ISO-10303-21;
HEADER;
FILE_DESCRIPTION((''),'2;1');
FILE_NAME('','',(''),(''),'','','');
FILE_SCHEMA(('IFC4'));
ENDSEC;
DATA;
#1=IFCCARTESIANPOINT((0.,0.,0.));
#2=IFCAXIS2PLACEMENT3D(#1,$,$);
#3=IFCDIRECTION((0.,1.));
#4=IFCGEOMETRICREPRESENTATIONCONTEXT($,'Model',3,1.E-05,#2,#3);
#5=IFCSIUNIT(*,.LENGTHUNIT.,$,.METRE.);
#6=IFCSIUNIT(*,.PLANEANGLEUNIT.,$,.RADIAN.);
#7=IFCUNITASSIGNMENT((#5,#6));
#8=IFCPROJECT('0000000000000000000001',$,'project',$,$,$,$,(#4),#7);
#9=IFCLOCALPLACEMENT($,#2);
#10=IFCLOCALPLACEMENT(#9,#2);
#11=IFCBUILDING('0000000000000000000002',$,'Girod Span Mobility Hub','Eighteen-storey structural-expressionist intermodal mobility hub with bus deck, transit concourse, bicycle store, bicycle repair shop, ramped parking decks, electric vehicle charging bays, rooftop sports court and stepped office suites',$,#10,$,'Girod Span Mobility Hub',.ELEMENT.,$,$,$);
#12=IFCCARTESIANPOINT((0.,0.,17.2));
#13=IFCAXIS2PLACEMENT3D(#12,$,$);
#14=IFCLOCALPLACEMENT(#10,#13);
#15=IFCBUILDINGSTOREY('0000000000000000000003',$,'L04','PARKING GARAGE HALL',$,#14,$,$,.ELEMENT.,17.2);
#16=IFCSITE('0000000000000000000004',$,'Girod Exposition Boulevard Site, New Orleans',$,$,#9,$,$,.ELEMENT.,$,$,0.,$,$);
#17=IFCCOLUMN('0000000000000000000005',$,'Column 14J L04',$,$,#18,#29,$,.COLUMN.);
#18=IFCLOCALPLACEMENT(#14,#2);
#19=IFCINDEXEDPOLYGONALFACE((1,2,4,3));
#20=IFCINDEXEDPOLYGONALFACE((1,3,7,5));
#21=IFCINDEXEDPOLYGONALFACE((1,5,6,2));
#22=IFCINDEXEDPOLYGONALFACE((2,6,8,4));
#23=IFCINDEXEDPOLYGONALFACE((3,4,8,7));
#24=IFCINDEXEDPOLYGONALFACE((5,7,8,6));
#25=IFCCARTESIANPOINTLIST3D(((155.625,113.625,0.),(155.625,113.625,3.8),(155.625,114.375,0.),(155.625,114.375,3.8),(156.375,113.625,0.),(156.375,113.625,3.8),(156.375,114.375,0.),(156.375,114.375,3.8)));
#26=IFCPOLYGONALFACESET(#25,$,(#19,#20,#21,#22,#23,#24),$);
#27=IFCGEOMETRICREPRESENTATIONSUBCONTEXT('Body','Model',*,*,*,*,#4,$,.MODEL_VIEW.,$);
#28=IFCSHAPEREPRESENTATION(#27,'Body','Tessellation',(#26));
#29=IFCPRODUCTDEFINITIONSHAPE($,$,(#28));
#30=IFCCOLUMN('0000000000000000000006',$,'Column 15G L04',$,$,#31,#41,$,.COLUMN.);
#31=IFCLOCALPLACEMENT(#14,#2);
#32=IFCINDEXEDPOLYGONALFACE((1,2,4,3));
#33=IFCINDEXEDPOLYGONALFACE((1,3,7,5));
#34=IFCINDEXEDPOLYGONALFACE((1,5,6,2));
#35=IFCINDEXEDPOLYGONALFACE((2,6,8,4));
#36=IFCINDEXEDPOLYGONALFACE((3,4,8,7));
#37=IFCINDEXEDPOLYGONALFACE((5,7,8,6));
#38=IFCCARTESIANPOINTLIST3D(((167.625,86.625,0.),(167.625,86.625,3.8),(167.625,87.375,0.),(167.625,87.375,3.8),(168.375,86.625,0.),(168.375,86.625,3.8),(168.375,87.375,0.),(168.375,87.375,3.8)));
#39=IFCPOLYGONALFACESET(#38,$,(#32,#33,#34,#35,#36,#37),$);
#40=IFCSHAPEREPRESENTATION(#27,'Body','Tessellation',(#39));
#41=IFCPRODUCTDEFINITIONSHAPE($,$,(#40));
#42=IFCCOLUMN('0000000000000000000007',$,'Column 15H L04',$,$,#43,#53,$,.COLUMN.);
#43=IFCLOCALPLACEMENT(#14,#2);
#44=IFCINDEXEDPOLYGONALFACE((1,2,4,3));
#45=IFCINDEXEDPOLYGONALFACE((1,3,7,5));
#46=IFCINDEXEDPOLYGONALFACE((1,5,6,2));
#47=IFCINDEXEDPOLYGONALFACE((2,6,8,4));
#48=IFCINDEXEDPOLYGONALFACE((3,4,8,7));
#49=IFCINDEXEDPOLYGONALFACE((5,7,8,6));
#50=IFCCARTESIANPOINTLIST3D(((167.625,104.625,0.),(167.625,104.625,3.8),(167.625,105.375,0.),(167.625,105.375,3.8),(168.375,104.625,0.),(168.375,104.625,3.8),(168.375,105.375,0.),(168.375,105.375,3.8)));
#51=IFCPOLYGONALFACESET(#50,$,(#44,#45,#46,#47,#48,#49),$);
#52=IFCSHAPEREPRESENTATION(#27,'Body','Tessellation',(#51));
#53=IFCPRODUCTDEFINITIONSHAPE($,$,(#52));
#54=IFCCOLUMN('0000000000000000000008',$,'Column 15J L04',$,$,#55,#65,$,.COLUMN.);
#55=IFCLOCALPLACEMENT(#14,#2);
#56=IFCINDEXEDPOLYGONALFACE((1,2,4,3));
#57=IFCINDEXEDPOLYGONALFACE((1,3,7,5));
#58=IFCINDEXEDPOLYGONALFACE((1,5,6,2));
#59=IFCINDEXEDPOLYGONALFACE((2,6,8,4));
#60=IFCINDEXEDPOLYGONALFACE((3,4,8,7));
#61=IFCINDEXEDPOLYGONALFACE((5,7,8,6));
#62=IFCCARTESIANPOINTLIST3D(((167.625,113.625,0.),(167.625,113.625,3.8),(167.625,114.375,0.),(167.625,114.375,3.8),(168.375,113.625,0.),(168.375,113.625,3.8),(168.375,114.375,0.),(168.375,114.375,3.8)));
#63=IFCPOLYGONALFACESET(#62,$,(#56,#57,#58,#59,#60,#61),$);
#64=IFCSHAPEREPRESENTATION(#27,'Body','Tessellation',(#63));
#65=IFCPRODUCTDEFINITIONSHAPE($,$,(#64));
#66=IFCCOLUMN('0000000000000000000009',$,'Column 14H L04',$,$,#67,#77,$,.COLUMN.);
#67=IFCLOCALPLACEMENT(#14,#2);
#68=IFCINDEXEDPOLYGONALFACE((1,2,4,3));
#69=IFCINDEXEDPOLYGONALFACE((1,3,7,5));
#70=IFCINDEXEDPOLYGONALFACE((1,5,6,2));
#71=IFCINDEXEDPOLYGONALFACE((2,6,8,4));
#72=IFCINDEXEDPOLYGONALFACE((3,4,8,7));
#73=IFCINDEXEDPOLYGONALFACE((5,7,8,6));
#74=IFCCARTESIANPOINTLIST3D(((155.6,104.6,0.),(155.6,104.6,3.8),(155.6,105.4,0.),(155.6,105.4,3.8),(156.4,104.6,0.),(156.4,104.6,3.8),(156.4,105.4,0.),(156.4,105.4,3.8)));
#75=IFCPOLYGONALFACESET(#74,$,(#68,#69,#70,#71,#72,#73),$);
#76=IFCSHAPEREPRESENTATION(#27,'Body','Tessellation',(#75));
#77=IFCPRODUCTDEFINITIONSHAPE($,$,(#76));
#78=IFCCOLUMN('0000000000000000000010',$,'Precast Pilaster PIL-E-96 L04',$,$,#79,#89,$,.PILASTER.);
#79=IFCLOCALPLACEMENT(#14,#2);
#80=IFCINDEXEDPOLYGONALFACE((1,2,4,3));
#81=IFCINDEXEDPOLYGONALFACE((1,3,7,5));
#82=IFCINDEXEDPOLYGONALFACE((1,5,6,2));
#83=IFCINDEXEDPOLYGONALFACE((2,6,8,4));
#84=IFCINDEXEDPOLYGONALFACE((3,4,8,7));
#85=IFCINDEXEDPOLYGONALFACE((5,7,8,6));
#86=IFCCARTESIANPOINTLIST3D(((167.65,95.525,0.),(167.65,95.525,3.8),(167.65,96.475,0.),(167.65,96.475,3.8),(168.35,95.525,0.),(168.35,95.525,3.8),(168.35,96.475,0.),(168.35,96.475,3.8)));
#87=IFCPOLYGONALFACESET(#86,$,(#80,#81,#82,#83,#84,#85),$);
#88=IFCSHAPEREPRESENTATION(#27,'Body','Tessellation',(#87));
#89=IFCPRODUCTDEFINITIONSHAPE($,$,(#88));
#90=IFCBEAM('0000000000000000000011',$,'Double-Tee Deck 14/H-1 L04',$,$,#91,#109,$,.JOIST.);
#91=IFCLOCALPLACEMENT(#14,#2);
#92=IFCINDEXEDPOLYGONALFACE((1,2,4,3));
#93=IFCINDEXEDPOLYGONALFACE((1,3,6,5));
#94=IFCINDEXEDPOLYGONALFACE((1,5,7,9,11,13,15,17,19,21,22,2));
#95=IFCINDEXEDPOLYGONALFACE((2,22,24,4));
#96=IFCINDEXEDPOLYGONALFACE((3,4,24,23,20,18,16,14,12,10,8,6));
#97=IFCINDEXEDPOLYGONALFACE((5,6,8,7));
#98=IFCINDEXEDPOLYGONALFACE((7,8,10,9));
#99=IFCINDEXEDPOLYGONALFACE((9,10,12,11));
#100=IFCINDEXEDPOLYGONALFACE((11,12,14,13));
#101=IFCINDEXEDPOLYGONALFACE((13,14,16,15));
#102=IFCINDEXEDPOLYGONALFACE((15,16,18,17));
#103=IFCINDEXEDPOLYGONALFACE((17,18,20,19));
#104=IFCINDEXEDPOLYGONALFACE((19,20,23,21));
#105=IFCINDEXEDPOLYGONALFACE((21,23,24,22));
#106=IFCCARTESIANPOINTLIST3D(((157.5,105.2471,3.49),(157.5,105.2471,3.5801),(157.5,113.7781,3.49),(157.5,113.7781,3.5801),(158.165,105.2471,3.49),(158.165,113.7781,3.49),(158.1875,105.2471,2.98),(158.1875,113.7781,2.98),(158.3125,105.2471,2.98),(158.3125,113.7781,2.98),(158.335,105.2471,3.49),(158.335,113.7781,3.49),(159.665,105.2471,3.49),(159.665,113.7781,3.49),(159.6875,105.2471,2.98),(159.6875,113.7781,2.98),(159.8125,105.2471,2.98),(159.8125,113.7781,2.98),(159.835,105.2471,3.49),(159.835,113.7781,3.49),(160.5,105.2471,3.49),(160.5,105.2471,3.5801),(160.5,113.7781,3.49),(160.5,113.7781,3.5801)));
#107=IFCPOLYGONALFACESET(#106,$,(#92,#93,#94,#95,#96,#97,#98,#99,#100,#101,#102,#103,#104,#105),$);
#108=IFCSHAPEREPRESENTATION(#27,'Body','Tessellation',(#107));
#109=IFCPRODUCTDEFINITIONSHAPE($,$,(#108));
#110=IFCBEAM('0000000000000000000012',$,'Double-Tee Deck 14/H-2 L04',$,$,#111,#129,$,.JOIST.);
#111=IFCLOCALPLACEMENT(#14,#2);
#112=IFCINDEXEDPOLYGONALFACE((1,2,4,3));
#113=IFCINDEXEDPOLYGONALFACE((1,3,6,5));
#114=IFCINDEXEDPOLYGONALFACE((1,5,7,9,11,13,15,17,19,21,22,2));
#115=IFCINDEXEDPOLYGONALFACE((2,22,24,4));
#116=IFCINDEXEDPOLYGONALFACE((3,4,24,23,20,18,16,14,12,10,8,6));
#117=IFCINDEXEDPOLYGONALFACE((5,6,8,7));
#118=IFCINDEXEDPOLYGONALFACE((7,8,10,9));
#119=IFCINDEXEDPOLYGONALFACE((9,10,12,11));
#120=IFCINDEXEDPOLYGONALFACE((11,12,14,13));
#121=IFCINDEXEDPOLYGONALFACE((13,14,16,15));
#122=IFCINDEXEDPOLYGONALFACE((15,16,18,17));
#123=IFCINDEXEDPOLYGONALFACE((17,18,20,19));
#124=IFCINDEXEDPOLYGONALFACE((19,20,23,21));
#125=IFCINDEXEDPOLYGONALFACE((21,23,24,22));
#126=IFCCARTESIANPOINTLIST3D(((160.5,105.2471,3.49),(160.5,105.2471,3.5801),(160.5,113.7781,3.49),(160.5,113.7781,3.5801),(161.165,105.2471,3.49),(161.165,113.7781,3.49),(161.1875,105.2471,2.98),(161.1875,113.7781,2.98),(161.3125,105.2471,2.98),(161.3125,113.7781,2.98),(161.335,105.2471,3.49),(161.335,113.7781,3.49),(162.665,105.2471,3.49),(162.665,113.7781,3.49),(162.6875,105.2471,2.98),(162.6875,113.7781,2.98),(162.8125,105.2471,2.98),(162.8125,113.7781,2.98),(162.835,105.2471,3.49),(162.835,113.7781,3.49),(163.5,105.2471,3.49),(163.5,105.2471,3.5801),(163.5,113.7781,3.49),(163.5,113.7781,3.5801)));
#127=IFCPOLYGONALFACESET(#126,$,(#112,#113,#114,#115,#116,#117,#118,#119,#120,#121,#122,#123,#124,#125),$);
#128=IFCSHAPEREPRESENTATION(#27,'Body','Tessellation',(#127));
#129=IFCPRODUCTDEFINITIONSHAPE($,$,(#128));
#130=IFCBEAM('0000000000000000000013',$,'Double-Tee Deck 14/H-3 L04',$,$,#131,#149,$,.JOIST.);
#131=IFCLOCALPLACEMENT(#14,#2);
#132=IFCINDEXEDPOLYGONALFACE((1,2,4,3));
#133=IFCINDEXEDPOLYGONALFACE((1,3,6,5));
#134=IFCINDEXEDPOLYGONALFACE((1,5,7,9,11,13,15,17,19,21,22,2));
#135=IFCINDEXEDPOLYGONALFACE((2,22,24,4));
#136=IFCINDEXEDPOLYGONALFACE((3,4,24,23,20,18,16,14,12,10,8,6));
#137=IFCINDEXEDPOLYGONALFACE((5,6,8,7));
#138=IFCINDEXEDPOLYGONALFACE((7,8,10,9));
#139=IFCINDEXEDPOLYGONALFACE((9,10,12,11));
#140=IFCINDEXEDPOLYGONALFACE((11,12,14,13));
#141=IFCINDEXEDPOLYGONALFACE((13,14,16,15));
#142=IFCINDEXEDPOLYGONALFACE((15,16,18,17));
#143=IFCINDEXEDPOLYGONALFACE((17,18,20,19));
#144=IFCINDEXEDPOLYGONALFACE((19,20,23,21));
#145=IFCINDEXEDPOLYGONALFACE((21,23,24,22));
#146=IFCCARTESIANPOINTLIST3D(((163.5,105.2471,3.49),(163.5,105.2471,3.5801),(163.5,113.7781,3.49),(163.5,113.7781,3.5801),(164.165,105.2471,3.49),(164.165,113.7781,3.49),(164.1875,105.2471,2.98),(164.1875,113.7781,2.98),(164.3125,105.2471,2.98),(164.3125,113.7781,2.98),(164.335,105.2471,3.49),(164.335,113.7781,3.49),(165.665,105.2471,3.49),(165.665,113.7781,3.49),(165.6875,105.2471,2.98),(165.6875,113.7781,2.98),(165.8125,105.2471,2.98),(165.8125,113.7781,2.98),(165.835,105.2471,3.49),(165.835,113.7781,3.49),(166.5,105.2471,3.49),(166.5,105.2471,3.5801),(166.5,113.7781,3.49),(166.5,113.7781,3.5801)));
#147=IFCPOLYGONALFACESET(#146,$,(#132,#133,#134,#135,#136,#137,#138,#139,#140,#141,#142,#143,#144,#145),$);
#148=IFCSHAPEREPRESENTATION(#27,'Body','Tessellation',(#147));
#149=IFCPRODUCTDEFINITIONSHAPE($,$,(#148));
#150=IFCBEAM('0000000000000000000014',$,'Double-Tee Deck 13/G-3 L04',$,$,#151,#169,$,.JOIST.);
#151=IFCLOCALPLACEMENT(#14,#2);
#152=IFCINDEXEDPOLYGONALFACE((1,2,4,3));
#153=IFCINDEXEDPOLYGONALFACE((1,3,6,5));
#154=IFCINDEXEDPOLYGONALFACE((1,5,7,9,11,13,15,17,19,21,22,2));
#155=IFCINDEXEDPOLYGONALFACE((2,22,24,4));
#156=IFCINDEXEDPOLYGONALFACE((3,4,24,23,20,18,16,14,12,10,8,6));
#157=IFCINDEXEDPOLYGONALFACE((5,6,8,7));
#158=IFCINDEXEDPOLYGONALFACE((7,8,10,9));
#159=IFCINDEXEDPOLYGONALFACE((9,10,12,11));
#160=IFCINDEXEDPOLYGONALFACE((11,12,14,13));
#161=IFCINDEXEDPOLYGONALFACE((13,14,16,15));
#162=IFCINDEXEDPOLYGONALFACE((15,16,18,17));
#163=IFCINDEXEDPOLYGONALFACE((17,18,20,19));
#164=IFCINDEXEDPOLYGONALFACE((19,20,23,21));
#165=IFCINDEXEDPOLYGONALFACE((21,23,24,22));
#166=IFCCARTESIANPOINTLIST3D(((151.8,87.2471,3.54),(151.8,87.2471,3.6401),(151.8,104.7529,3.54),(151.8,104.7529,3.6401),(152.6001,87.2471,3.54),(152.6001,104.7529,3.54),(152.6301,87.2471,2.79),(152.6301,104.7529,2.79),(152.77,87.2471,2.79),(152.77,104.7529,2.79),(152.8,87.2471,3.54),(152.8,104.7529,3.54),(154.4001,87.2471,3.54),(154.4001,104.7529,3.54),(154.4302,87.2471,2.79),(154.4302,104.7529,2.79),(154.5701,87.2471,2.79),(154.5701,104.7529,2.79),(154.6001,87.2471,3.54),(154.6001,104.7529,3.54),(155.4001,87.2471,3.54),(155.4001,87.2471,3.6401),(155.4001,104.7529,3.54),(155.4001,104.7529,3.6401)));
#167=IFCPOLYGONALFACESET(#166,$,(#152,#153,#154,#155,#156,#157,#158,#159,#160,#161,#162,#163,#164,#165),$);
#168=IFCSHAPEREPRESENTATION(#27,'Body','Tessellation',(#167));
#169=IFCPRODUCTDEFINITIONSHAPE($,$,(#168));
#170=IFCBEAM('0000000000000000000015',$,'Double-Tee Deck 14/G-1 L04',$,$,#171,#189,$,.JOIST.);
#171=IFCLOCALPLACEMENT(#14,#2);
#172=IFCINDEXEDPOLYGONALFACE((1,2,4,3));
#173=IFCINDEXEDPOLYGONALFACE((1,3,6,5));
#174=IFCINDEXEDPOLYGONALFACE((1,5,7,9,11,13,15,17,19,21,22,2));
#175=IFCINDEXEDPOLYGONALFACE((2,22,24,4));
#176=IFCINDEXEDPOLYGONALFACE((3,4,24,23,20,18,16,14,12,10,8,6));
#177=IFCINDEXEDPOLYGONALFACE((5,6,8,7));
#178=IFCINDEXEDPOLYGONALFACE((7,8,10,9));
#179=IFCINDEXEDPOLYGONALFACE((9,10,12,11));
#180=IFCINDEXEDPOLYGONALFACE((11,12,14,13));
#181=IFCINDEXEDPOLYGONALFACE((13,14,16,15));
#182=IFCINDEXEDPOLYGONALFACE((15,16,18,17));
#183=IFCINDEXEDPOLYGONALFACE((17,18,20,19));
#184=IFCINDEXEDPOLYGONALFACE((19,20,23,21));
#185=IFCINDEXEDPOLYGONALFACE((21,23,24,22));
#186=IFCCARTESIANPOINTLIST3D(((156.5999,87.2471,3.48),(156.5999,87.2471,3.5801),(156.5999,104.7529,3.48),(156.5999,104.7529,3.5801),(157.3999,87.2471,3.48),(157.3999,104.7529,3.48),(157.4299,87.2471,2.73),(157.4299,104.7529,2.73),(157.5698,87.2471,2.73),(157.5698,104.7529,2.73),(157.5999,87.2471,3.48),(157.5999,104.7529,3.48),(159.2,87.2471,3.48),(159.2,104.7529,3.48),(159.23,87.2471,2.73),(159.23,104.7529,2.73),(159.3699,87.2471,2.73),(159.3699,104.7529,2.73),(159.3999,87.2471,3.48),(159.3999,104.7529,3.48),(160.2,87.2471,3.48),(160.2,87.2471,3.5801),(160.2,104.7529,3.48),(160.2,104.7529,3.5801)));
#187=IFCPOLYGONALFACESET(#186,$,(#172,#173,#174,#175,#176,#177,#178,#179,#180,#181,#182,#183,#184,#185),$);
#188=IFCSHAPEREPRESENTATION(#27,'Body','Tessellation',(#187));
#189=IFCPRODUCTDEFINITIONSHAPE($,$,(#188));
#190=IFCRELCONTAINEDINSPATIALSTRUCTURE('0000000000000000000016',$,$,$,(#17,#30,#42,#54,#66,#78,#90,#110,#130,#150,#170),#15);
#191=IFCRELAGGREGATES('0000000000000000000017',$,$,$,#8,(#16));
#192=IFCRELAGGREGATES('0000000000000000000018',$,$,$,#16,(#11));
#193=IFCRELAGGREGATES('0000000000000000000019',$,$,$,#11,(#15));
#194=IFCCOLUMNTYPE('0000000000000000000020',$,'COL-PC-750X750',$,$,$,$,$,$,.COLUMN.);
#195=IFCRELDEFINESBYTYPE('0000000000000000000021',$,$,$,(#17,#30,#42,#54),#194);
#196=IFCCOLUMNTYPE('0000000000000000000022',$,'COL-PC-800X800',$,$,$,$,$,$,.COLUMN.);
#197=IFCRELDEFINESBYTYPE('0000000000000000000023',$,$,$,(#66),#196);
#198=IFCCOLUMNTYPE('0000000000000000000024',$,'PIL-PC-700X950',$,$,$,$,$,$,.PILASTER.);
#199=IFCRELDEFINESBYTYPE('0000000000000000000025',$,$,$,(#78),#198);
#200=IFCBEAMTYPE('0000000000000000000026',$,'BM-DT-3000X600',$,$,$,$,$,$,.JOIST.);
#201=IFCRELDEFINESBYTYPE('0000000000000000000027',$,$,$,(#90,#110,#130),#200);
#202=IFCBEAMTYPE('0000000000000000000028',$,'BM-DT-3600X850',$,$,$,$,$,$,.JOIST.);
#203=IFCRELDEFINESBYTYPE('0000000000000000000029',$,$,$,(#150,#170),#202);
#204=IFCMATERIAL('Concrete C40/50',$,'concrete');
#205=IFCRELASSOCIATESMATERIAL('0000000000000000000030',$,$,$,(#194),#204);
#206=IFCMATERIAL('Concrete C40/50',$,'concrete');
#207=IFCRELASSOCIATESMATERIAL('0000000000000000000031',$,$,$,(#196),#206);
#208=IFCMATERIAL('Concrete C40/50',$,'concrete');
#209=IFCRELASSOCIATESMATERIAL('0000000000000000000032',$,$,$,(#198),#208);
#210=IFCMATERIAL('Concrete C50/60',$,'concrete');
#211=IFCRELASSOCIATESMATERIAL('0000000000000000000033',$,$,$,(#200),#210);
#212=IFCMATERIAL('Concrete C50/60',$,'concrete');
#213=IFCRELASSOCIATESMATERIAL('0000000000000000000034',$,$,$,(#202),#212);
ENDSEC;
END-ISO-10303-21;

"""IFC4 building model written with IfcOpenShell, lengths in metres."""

from ifc_helpers import new_model, si_unit, direction, frame, origin, origin_2d, place, context, subcontext, project, spatial, polyline, rectangle, outline, extrude, material, material_profile, profile_set, type_object, element, save


model = new_model("IFC4")

# Units and contexts
model_context = context("Model", 3, precision=1e-05, world=origin(), true_north=direction((0.0, 1.0)))
body_context = subcontext(model_context, "Body", "Model", "MODEL_VIEW")
ifc_project = project(units=[si_unit("LENGTHUNIT", "METRE"), si_unit("PLANEANGLEUNIT", "RADIAN")], contexts=[model_context])

# Site, building, storey
site_placement = place(None, origin())
site = spatial("IfcSite", under=ifc_project, at=site_placement, Name="Girod Exposition Boulevard Site, New Orleans", CompositionType="ELEMENT", RefElevation=0.0)
building_placement = place(site_placement, origin())
building = spatial("IfcBuilding", under=site, at=building_placement, Name="Girod Span Mobility Hub", Description="Eighteen-storey structural-expressionist intermodal mobility hub with bus deck, transit concourse, bicycle store, bicycle repair shop, ramped parking decks, electric vehicle charging bays, rooftop sports court and stepped office suites", LongName="Girod Span Mobility Hub", CompositionType="ELEMENT")
storey_placement = place(building_placement, frame((0.0, 0.0, 17.2)))
storey = spatial("IfcBuildingStorey", under=building, at=storey_placement, Name="L04", Description="PARKING GARAGE HALL", CompositionType="ELEMENT", Elevation=17.2)

# Columns
ifc_material_1 = material(Name="Concrete C40/50", Category="concrete")
ifc_material_profile_1 = material_profile(ifc_material_1, rectangle(XDim=0.75, YDim=0.75, at=origin_2d()), Name="PC-COL-750X750")
ifc_profile_set_1 = profile_set([ifc_material_profile_1], Name="Concrete C40/50")
column_type_1 = type_object("IfcColumnType", Name="COL-PC-750X750", PredefinedType="COLUMN", material=ifc_profile_set_1)
for number, where, z_axis, x_axis, name in (
    (1, (156.0, 114.0, 0.0), (0.0, 0.0, 1.0), (1.0, 0.0, 0.0), "Column 14J L04"),
    (2, (168.0, 87.0, 0.0), (0.0, 0.0, 1.0), (1.0, 0.0, 0.0), "Column 15G L04"),
    (3, (168.0, 105.0, 0.0), (0.0, 0.0, 1.0), (1.0, 0.0, 0.0), "Column 15H L04"),
    (4, (168.0, 114.0, 0.0), (0.0, 0.0, 1.0), (1.0, 0.0, 0.0), "Column 15J L04"),
):
    element("IfcColumn", number, at=place(storey_placement, frame(where, z_axis=z_axis, x_axis=x_axis)), inside=storey, type_object=column_type_1, Name=name, PredefinedType="COLUMN", context=body_context, shape_type="SweptSolid", body=[
        extrude(rectangle(XDim=0.75, YDim=0.75, at=origin_2d()), origin(), (0.0, 0.0, 1.0), 3.8),
    ])
ifc_material_2 = material(Name="Concrete C40/50", Category="concrete")
ifc_material_profile_2 = material_profile(ifc_material_2, rectangle(XDim=0.8, YDim=0.8, at=origin_2d()), Name="PC-COL-800X800")
ifc_profile_set_2 = profile_set([ifc_material_profile_2], Name="Concrete C40/50")
column_type_2 = type_object("IfcColumnType", Name="COL-PC-800X800", PredefinedType="COLUMN", material=ifc_profile_set_2)
column_1_placement = place(storey_placement, frame((156.0, 105.0, 0.0), z_axis=(0.0, 0.0, 1.0), x_axis=(1.0, 0.0, 0.0)))
element("IfcColumn", 5, at=column_1_placement, inside=storey, type_object=column_type_2, Name="Column 14H L04", PredefinedType="COLUMN", context=body_context, shape_type="SweptSolid", body=[
    extrude(rectangle(XDim=0.8, YDim=0.8, at=origin_2d()), origin(), (0.0, 0.0, 1.0), 3.8),
])
ifc_material_3 = material(Name="Concrete C40/50", Category="concrete")
ifc_material_profile_3 = material_profile(ifc_material_3, rectangle(XDim=0.7, YDim=0.95, at=origin_2d()), Name="PC-PIL-700X950")
ifc_profile_set_3 = profile_set([ifc_material_profile_3], Name="Concrete C40/50")
column_type_3 = type_object("IfcColumnType", Name="PIL-PC-700X950", PredefinedType="PILASTER", material=ifc_profile_set_3)
column_2_placement = place(storey_placement, frame((168.0, 96.0, 0.0), z_axis=(0.0, 0.0, 1.0), x_axis=(1.0, 0.0, 0.0)))
element("IfcColumn", 6, at=column_2_placement, inside=storey, type_object=column_type_3, Name="Precast Pilaster PIL-E-96 L04", PredefinedType="PILASTER", context=body_context, shape_type="SweptSolid", body=[
    extrude(rectangle(XDim=0.7, YDim=0.95, at=origin_2d()), origin(), (0.0, 0.0, 1.0), 3.8),
])

# Beams
ifc_material_4 = material(Name="Concrete C50/60", Category="concrete")
ifc_material_profile_4 = material_profile(ifc_material_4, outline(polyline([(-1.5, 0.3), (-1.5, 0.21), (-0.835, 0.21), (-0.8125, -0.3), (-0.6875, -0.3), (-0.665, 0.21), (0.665, 0.21), (0.6875, -0.3), (0.8125, -0.3), (0.835, 0.21), (1.5, 0.21), (1.5, 0.3), (-1.5, 0.3)])), Name="DT-3000X600")
ifc_profile_set_4 = profile_set([ifc_material_profile_4], Name="Concrete C50/60")
beam_type_1 = type_object("IfcBeamType", Name="BM-DT-3000X600", PredefinedType="JOIST", material=ifc_profile_set_4)
for number, where, z_axis, x_axis, name in (
    (7, (159.0, 105.2471, 3.28), (0.0, 1.0, 0.0), (-1.0, 0.0, 0.0), "Double-Tee Deck 14/H-1 L04"),
    (8, (162.0, 105.2471, 3.28), (0.0, 1.0, 0.0), (-1.0, 0.0, 0.0), "Double-Tee Deck 14/H-2 L04"),
    (9, (165.0, 105.2471, 3.28), (0.0, 1.0, 0.0), (-1.0, 0.0, 0.0), "Double-Tee Deck 14/H-3 L04"),
):
    element("IfcBeam", number, at=place(storey_placement, frame(where, z_axis=z_axis, x_axis=x_axis)), inside=storey, type_object=beam_type_1, Name=name, PredefinedType="JOIST", context=body_context, shape_type="SweptSolid", body=[
        extrude(outline(polyline([(-1.5, 0.3), (-1.5, 0.21), (-0.835, 0.21), (-0.8125, -0.3), (-0.6875, -0.3), (-0.665, 0.21), (0.665, 0.21), (0.6875, -0.3), (0.8125, -0.3), (0.835, 0.21), (1.5, 0.21), (1.5, 0.3), (-1.5, 0.3)])), origin(), (0.0, 0.0, 1.0), 8.531),
    ])
ifc_material_5 = material(Name="Concrete C50/60", Category="concrete")
ifc_material_profile_5 = material_profile(ifc_material_5, outline(polyline([(-1.8, 0.425), (-1.8, 0.325), (-1.0, 0.325), (-0.97, -0.425), (-0.8301, -0.425), (-0.8, 0.325), (0.8, 0.325), (0.8301, -0.425), (0.97, -0.425), (1.0, 0.325), (1.8, 0.325), (1.8, 0.425), (-1.8, 0.425)])), Name="DT-3600X850")
ifc_profile_set_5 = profile_set([ifc_material_profile_5], Name="Concrete C50/60")
beam_type_2 = type_object("IfcBeamType", Name="BM-DT-3600X850", PredefinedType="JOIST", material=ifc_profile_set_5)
for number, where, z_axis, x_axis, name in (
    (10, (153.6001, 87.2471, 3.2151), (0.0, 1.0, 0.0), (-1.0, 0.0, 0.0), "Double-Tee Deck 13/G-3 L04"),
    (11, (158.3999, 87.2471, 3.155), (0.0, 1.0, 0.0), (-1.0, 0.0, 0.0), "Double-Tee Deck 14/G-1 L04"),
):
    element("IfcBeam", number, at=place(storey_placement, frame(where, z_axis=z_axis, x_axis=x_axis)), inside=storey, type_object=beam_type_2, Name=name, PredefinedType="JOIST", context=body_context, shape_type="SweptSolid", body=[
        extrude(outline(polyline([(-1.8, 0.425), (-1.8, 0.325), (-1.0, 0.325), (-0.97, -0.425), (-0.8301, -0.425), (-0.8, 0.325), (0.8, 0.325), (0.8301, -0.425), (0.97, -0.425), (1.0, 0.325), (1.8, 0.325), (1.8, 0.425), (-1.8, 0.425)])), origin(), (0.0, 0.0, 1.0), 17.5059),
    ])

save(model, "model.ifc")
